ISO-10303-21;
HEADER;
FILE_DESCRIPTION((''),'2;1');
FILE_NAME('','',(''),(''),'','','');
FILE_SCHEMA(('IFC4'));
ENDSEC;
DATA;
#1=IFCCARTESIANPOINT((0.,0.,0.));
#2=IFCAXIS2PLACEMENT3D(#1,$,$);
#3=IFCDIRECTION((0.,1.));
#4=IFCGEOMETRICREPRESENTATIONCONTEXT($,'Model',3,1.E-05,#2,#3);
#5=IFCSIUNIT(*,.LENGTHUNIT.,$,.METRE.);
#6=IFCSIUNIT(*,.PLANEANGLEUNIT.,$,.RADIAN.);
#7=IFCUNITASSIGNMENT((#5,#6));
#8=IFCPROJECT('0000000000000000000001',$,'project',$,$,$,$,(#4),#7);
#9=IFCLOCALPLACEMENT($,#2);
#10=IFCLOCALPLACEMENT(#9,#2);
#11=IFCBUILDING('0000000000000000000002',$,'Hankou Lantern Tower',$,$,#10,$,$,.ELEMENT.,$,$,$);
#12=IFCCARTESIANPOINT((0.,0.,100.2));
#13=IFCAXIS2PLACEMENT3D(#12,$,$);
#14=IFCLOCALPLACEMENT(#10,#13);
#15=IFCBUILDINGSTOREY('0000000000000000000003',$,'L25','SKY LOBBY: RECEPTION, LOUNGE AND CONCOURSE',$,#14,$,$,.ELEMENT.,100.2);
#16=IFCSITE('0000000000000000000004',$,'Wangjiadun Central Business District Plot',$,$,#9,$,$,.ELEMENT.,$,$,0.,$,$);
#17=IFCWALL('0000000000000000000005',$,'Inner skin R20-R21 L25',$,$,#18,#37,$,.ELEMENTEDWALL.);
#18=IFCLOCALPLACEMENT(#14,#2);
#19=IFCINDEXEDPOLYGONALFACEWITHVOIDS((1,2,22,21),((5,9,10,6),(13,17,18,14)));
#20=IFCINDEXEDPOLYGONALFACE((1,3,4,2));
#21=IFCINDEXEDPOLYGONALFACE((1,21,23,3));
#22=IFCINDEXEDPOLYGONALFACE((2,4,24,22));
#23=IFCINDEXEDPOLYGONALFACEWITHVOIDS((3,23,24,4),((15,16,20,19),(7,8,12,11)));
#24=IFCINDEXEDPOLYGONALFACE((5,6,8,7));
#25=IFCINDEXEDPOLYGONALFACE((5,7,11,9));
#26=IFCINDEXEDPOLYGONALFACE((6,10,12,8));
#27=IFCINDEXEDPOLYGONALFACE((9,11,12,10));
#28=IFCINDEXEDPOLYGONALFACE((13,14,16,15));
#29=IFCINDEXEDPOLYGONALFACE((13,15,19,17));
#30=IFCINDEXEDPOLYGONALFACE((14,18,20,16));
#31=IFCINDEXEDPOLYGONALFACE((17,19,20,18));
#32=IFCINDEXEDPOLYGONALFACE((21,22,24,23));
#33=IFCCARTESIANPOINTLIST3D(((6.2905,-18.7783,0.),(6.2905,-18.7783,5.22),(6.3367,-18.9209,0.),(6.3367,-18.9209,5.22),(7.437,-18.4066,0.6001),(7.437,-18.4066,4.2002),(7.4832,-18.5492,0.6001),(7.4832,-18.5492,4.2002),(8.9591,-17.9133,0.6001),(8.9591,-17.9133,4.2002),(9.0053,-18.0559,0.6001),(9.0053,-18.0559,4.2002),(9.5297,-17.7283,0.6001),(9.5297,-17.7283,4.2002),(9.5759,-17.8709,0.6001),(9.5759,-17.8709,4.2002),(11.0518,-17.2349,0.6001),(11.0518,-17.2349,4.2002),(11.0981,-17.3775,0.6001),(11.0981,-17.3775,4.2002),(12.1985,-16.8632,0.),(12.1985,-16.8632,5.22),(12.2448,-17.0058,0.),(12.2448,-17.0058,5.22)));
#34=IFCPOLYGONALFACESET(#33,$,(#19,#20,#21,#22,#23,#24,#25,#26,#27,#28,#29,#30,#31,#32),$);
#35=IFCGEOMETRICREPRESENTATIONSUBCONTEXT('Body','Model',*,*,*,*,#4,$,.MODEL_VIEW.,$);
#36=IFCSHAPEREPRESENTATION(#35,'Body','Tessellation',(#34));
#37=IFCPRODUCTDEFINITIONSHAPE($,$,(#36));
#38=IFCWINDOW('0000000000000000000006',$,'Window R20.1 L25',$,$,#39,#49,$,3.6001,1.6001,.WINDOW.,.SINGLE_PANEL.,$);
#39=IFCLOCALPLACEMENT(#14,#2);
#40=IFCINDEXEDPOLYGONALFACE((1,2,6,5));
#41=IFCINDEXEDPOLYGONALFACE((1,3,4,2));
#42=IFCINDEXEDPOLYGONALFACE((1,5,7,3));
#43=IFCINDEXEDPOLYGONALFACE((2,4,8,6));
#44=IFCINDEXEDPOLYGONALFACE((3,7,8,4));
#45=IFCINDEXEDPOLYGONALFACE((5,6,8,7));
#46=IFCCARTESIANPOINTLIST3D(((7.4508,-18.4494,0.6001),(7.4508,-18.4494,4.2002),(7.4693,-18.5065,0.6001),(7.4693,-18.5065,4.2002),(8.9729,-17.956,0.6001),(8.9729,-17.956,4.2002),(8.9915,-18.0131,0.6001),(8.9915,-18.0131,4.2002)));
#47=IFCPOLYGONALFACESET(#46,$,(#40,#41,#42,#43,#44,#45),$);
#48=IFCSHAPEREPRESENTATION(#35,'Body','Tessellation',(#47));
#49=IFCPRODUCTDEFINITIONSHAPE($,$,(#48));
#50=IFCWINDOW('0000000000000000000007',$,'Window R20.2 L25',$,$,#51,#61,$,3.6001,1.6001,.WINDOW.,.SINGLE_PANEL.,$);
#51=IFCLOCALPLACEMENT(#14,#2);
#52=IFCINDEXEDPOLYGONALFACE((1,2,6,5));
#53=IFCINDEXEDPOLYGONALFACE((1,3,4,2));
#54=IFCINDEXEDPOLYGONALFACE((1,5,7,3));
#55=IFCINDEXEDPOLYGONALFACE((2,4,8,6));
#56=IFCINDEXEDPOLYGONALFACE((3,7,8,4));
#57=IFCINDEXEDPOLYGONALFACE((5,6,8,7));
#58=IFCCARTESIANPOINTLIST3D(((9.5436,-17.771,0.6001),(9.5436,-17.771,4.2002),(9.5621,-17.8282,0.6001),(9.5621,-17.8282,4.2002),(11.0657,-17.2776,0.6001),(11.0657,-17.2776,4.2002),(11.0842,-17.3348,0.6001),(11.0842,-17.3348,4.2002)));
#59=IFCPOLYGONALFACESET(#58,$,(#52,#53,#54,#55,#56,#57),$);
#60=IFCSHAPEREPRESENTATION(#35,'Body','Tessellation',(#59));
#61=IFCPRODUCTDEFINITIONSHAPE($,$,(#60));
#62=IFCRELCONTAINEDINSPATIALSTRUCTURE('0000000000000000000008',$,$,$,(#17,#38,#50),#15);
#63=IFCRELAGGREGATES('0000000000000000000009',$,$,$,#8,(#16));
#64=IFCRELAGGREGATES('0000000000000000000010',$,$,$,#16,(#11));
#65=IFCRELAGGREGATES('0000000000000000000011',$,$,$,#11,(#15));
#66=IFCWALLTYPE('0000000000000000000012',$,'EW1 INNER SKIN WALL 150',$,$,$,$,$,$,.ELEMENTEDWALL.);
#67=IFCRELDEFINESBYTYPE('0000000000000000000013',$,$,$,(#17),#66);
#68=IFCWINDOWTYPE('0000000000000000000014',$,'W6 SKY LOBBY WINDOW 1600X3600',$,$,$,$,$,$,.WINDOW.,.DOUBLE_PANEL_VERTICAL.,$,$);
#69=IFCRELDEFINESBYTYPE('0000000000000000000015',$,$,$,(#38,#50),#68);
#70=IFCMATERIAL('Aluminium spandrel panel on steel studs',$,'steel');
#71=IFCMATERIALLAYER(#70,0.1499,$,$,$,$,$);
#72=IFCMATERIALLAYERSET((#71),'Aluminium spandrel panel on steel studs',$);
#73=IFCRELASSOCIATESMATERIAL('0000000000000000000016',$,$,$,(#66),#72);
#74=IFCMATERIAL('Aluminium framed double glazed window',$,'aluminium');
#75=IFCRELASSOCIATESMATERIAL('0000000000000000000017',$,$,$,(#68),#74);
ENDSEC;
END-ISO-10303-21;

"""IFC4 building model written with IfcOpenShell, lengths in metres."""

from ifc_helpers import new_model, si_unit, direction, frame, frame_2d, origin, place, context, subcontext, project, spatial, rectangle, extrude, material, layer, layer_set, type_object, element, fill, save


model = new_model("IFC4")

# Units and contexts
model_context = context("Model", 3, precision=1e-05, world=origin(), true_north=direction((0.0, 1.0)))
body_context = subcontext(model_context, "Body", "Model", "MODEL_VIEW")
ifc_project = project(units=[si_unit("LENGTHUNIT", "METRE"), si_unit("PLANEANGLEUNIT", "RADIAN")], contexts=[model_context])

# Site, building, storey
site_placement = place(None, origin())
site = spatial("IfcSite", under=ifc_project, at=site_placement, Name="Wangjiadun Central Business District Plot", CompositionType="ELEMENT", RefElevation=0.0)
building_placement = place(site_placement, origin())
building = spatial("IfcBuilding", under=site, at=building_placement, Name="Hankou Lantern Tower", CompositionType="ELEMENT")
storey_placement = place(building_placement, frame((0.0, 0.0, 100.2)))
storey = spatial("IfcBuildingStorey", under=building, at=storey_placement, Name="L25", Description="SKY LOBBY: RECEPTION, LOUNGE AND CONCOURSE", CompositionType="ELEMENT", Elevation=100.2)

# Wall, openings, windows
ifc_material_1 = material(Name="Aluminium spandrel panel on steel studs", Category="steel")
ifc_layer_1 = layer(ifc_material_1, 0.1499)
ifc_layer_set_1 = layer_set([ifc_layer_1], Name="Aluminium spandrel panel on steel studs")
wall_type = type_object("IfcWallType", Name="EW1 INNER SKIN WALL 150", PredefinedType="ELEMENTEDWALL", material=ifc_layer_set_1)
ifc_material_2 = material(Name="Aluminium framed double glazed window", Category="aluminium")
window_type = type_object("IfcWindowType", Name="W6 SKY LOBBY WINDOW 1600X3600", PartitioningType="DOUBLE_PANEL_VERTICAL", PredefinedType="WINDOW", material=ifc_material_2)
wall_1_placement = place(storey_placement, frame((6.3135, -18.8496, 0.0), z_axis=(0.0, 0.0, 1.0), x_axis=(0.951273, 0.308351, 0.0)))
wall_1 = element("IfcWall", 1, at=wall_1_placement, inside=storey, type_object=wall_type, Name="Inner skin R20-R21 L25", PredefinedType="ELEMENTEDWALL", context=body_context, shape_type="SweptSolid", body=[
    extrude(rectangle(XDim=6.2107, YDim=0.1499, at=frame_2d((3.1055, 0.0))), origin(), (0.0, 0.0, 1.0), 5.22),
])
opening_1_placement = place(wall_1_placement, frame((1.2053, 0.0, 0.6001)))
opening_1 = element("IfcOpeningElement", 2, at=opening_1_placement, cuts=wall_1, PredefinedType="OPENING", context=body_context, shape_type="SweptSolid", body=[
    extrude(rectangle(XDim=1.6001, YDim=3.6001, at=frame_2d((0.8, 1.8))), frame((0.0, 0.085, 0.0), z_axis=(0.0, -1.0, 0.0), x_axis=(1.0, 0.0, 0.0)), (0.0, 0.0, 1.0), 0.1699),
])
opening_2_placement = place(wall_1_placement, frame((3.4053, 0.0, 0.6001)))
opening_2 = element("IfcOpeningElement", 3, at=opening_2_placement, cuts=wall_1, PredefinedType="OPENING", context=body_context, shape_type="SweptSolid", body=[
    extrude(rectangle(XDim=1.6001, YDim=3.6001, at=frame_2d((0.8, 1.8))), frame((0.0, 0.085, 0.0), z_axis=(0.0, -1.0, 0.0), x_axis=(1.0, 0.0, 0.0)), (0.0, 0.0, 1.0), 0.1699),
])
window_1_placement = place(opening_1_placement, origin())
window_1 = element("IfcWindow", 4, at=window_1_placement, inside=storey, type_object=window_type, Name="Window R20.1 L25", OverallHeight=3.6001, OverallWidth=1.6001, PartitioningType="SINGLE_PANEL", PredefinedType="WINDOW", context=body_context, shape_type="SweptSolid", body=[
    extrude(rectangle(XDim=1.6001, YDim=3.6001, at=frame_2d((0.8, 1.8))), frame((0.0, 0.03, 0.0), z_axis=(0.0, -1.0, 0.0), x_axis=(1.0, 0.0, 0.0)), (0.0, 0.0, 1.0), 0.0601),
])
fill(opening_1, window_1)
window_2_placement = place(opening_2_placement, origin())
window_2 = element("IfcWindow", 5, at=window_2_placement, inside=storey, type_object=window_type, Name="Window R20.2 L25", OverallHeight=3.6001, OverallWidth=1.6001, PartitioningType="SINGLE_PANEL", PredefinedType="WINDOW", context=body_context, shape_type="SweptSolid", body=[
    extrude(rectangle(XDim=1.6001, YDim=3.6001, at=frame_2d((0.8, 1.8))), frame((0.0, 0.03, 0.0), z_axis=(0.0, -1.0, 0.0), x_axis=(1.0, 0.0, 0.0)), (0.0, 0.0, 1.0), 0.0601),
])
fill(opening_2, window_2)

save(model, "model.ifc")
